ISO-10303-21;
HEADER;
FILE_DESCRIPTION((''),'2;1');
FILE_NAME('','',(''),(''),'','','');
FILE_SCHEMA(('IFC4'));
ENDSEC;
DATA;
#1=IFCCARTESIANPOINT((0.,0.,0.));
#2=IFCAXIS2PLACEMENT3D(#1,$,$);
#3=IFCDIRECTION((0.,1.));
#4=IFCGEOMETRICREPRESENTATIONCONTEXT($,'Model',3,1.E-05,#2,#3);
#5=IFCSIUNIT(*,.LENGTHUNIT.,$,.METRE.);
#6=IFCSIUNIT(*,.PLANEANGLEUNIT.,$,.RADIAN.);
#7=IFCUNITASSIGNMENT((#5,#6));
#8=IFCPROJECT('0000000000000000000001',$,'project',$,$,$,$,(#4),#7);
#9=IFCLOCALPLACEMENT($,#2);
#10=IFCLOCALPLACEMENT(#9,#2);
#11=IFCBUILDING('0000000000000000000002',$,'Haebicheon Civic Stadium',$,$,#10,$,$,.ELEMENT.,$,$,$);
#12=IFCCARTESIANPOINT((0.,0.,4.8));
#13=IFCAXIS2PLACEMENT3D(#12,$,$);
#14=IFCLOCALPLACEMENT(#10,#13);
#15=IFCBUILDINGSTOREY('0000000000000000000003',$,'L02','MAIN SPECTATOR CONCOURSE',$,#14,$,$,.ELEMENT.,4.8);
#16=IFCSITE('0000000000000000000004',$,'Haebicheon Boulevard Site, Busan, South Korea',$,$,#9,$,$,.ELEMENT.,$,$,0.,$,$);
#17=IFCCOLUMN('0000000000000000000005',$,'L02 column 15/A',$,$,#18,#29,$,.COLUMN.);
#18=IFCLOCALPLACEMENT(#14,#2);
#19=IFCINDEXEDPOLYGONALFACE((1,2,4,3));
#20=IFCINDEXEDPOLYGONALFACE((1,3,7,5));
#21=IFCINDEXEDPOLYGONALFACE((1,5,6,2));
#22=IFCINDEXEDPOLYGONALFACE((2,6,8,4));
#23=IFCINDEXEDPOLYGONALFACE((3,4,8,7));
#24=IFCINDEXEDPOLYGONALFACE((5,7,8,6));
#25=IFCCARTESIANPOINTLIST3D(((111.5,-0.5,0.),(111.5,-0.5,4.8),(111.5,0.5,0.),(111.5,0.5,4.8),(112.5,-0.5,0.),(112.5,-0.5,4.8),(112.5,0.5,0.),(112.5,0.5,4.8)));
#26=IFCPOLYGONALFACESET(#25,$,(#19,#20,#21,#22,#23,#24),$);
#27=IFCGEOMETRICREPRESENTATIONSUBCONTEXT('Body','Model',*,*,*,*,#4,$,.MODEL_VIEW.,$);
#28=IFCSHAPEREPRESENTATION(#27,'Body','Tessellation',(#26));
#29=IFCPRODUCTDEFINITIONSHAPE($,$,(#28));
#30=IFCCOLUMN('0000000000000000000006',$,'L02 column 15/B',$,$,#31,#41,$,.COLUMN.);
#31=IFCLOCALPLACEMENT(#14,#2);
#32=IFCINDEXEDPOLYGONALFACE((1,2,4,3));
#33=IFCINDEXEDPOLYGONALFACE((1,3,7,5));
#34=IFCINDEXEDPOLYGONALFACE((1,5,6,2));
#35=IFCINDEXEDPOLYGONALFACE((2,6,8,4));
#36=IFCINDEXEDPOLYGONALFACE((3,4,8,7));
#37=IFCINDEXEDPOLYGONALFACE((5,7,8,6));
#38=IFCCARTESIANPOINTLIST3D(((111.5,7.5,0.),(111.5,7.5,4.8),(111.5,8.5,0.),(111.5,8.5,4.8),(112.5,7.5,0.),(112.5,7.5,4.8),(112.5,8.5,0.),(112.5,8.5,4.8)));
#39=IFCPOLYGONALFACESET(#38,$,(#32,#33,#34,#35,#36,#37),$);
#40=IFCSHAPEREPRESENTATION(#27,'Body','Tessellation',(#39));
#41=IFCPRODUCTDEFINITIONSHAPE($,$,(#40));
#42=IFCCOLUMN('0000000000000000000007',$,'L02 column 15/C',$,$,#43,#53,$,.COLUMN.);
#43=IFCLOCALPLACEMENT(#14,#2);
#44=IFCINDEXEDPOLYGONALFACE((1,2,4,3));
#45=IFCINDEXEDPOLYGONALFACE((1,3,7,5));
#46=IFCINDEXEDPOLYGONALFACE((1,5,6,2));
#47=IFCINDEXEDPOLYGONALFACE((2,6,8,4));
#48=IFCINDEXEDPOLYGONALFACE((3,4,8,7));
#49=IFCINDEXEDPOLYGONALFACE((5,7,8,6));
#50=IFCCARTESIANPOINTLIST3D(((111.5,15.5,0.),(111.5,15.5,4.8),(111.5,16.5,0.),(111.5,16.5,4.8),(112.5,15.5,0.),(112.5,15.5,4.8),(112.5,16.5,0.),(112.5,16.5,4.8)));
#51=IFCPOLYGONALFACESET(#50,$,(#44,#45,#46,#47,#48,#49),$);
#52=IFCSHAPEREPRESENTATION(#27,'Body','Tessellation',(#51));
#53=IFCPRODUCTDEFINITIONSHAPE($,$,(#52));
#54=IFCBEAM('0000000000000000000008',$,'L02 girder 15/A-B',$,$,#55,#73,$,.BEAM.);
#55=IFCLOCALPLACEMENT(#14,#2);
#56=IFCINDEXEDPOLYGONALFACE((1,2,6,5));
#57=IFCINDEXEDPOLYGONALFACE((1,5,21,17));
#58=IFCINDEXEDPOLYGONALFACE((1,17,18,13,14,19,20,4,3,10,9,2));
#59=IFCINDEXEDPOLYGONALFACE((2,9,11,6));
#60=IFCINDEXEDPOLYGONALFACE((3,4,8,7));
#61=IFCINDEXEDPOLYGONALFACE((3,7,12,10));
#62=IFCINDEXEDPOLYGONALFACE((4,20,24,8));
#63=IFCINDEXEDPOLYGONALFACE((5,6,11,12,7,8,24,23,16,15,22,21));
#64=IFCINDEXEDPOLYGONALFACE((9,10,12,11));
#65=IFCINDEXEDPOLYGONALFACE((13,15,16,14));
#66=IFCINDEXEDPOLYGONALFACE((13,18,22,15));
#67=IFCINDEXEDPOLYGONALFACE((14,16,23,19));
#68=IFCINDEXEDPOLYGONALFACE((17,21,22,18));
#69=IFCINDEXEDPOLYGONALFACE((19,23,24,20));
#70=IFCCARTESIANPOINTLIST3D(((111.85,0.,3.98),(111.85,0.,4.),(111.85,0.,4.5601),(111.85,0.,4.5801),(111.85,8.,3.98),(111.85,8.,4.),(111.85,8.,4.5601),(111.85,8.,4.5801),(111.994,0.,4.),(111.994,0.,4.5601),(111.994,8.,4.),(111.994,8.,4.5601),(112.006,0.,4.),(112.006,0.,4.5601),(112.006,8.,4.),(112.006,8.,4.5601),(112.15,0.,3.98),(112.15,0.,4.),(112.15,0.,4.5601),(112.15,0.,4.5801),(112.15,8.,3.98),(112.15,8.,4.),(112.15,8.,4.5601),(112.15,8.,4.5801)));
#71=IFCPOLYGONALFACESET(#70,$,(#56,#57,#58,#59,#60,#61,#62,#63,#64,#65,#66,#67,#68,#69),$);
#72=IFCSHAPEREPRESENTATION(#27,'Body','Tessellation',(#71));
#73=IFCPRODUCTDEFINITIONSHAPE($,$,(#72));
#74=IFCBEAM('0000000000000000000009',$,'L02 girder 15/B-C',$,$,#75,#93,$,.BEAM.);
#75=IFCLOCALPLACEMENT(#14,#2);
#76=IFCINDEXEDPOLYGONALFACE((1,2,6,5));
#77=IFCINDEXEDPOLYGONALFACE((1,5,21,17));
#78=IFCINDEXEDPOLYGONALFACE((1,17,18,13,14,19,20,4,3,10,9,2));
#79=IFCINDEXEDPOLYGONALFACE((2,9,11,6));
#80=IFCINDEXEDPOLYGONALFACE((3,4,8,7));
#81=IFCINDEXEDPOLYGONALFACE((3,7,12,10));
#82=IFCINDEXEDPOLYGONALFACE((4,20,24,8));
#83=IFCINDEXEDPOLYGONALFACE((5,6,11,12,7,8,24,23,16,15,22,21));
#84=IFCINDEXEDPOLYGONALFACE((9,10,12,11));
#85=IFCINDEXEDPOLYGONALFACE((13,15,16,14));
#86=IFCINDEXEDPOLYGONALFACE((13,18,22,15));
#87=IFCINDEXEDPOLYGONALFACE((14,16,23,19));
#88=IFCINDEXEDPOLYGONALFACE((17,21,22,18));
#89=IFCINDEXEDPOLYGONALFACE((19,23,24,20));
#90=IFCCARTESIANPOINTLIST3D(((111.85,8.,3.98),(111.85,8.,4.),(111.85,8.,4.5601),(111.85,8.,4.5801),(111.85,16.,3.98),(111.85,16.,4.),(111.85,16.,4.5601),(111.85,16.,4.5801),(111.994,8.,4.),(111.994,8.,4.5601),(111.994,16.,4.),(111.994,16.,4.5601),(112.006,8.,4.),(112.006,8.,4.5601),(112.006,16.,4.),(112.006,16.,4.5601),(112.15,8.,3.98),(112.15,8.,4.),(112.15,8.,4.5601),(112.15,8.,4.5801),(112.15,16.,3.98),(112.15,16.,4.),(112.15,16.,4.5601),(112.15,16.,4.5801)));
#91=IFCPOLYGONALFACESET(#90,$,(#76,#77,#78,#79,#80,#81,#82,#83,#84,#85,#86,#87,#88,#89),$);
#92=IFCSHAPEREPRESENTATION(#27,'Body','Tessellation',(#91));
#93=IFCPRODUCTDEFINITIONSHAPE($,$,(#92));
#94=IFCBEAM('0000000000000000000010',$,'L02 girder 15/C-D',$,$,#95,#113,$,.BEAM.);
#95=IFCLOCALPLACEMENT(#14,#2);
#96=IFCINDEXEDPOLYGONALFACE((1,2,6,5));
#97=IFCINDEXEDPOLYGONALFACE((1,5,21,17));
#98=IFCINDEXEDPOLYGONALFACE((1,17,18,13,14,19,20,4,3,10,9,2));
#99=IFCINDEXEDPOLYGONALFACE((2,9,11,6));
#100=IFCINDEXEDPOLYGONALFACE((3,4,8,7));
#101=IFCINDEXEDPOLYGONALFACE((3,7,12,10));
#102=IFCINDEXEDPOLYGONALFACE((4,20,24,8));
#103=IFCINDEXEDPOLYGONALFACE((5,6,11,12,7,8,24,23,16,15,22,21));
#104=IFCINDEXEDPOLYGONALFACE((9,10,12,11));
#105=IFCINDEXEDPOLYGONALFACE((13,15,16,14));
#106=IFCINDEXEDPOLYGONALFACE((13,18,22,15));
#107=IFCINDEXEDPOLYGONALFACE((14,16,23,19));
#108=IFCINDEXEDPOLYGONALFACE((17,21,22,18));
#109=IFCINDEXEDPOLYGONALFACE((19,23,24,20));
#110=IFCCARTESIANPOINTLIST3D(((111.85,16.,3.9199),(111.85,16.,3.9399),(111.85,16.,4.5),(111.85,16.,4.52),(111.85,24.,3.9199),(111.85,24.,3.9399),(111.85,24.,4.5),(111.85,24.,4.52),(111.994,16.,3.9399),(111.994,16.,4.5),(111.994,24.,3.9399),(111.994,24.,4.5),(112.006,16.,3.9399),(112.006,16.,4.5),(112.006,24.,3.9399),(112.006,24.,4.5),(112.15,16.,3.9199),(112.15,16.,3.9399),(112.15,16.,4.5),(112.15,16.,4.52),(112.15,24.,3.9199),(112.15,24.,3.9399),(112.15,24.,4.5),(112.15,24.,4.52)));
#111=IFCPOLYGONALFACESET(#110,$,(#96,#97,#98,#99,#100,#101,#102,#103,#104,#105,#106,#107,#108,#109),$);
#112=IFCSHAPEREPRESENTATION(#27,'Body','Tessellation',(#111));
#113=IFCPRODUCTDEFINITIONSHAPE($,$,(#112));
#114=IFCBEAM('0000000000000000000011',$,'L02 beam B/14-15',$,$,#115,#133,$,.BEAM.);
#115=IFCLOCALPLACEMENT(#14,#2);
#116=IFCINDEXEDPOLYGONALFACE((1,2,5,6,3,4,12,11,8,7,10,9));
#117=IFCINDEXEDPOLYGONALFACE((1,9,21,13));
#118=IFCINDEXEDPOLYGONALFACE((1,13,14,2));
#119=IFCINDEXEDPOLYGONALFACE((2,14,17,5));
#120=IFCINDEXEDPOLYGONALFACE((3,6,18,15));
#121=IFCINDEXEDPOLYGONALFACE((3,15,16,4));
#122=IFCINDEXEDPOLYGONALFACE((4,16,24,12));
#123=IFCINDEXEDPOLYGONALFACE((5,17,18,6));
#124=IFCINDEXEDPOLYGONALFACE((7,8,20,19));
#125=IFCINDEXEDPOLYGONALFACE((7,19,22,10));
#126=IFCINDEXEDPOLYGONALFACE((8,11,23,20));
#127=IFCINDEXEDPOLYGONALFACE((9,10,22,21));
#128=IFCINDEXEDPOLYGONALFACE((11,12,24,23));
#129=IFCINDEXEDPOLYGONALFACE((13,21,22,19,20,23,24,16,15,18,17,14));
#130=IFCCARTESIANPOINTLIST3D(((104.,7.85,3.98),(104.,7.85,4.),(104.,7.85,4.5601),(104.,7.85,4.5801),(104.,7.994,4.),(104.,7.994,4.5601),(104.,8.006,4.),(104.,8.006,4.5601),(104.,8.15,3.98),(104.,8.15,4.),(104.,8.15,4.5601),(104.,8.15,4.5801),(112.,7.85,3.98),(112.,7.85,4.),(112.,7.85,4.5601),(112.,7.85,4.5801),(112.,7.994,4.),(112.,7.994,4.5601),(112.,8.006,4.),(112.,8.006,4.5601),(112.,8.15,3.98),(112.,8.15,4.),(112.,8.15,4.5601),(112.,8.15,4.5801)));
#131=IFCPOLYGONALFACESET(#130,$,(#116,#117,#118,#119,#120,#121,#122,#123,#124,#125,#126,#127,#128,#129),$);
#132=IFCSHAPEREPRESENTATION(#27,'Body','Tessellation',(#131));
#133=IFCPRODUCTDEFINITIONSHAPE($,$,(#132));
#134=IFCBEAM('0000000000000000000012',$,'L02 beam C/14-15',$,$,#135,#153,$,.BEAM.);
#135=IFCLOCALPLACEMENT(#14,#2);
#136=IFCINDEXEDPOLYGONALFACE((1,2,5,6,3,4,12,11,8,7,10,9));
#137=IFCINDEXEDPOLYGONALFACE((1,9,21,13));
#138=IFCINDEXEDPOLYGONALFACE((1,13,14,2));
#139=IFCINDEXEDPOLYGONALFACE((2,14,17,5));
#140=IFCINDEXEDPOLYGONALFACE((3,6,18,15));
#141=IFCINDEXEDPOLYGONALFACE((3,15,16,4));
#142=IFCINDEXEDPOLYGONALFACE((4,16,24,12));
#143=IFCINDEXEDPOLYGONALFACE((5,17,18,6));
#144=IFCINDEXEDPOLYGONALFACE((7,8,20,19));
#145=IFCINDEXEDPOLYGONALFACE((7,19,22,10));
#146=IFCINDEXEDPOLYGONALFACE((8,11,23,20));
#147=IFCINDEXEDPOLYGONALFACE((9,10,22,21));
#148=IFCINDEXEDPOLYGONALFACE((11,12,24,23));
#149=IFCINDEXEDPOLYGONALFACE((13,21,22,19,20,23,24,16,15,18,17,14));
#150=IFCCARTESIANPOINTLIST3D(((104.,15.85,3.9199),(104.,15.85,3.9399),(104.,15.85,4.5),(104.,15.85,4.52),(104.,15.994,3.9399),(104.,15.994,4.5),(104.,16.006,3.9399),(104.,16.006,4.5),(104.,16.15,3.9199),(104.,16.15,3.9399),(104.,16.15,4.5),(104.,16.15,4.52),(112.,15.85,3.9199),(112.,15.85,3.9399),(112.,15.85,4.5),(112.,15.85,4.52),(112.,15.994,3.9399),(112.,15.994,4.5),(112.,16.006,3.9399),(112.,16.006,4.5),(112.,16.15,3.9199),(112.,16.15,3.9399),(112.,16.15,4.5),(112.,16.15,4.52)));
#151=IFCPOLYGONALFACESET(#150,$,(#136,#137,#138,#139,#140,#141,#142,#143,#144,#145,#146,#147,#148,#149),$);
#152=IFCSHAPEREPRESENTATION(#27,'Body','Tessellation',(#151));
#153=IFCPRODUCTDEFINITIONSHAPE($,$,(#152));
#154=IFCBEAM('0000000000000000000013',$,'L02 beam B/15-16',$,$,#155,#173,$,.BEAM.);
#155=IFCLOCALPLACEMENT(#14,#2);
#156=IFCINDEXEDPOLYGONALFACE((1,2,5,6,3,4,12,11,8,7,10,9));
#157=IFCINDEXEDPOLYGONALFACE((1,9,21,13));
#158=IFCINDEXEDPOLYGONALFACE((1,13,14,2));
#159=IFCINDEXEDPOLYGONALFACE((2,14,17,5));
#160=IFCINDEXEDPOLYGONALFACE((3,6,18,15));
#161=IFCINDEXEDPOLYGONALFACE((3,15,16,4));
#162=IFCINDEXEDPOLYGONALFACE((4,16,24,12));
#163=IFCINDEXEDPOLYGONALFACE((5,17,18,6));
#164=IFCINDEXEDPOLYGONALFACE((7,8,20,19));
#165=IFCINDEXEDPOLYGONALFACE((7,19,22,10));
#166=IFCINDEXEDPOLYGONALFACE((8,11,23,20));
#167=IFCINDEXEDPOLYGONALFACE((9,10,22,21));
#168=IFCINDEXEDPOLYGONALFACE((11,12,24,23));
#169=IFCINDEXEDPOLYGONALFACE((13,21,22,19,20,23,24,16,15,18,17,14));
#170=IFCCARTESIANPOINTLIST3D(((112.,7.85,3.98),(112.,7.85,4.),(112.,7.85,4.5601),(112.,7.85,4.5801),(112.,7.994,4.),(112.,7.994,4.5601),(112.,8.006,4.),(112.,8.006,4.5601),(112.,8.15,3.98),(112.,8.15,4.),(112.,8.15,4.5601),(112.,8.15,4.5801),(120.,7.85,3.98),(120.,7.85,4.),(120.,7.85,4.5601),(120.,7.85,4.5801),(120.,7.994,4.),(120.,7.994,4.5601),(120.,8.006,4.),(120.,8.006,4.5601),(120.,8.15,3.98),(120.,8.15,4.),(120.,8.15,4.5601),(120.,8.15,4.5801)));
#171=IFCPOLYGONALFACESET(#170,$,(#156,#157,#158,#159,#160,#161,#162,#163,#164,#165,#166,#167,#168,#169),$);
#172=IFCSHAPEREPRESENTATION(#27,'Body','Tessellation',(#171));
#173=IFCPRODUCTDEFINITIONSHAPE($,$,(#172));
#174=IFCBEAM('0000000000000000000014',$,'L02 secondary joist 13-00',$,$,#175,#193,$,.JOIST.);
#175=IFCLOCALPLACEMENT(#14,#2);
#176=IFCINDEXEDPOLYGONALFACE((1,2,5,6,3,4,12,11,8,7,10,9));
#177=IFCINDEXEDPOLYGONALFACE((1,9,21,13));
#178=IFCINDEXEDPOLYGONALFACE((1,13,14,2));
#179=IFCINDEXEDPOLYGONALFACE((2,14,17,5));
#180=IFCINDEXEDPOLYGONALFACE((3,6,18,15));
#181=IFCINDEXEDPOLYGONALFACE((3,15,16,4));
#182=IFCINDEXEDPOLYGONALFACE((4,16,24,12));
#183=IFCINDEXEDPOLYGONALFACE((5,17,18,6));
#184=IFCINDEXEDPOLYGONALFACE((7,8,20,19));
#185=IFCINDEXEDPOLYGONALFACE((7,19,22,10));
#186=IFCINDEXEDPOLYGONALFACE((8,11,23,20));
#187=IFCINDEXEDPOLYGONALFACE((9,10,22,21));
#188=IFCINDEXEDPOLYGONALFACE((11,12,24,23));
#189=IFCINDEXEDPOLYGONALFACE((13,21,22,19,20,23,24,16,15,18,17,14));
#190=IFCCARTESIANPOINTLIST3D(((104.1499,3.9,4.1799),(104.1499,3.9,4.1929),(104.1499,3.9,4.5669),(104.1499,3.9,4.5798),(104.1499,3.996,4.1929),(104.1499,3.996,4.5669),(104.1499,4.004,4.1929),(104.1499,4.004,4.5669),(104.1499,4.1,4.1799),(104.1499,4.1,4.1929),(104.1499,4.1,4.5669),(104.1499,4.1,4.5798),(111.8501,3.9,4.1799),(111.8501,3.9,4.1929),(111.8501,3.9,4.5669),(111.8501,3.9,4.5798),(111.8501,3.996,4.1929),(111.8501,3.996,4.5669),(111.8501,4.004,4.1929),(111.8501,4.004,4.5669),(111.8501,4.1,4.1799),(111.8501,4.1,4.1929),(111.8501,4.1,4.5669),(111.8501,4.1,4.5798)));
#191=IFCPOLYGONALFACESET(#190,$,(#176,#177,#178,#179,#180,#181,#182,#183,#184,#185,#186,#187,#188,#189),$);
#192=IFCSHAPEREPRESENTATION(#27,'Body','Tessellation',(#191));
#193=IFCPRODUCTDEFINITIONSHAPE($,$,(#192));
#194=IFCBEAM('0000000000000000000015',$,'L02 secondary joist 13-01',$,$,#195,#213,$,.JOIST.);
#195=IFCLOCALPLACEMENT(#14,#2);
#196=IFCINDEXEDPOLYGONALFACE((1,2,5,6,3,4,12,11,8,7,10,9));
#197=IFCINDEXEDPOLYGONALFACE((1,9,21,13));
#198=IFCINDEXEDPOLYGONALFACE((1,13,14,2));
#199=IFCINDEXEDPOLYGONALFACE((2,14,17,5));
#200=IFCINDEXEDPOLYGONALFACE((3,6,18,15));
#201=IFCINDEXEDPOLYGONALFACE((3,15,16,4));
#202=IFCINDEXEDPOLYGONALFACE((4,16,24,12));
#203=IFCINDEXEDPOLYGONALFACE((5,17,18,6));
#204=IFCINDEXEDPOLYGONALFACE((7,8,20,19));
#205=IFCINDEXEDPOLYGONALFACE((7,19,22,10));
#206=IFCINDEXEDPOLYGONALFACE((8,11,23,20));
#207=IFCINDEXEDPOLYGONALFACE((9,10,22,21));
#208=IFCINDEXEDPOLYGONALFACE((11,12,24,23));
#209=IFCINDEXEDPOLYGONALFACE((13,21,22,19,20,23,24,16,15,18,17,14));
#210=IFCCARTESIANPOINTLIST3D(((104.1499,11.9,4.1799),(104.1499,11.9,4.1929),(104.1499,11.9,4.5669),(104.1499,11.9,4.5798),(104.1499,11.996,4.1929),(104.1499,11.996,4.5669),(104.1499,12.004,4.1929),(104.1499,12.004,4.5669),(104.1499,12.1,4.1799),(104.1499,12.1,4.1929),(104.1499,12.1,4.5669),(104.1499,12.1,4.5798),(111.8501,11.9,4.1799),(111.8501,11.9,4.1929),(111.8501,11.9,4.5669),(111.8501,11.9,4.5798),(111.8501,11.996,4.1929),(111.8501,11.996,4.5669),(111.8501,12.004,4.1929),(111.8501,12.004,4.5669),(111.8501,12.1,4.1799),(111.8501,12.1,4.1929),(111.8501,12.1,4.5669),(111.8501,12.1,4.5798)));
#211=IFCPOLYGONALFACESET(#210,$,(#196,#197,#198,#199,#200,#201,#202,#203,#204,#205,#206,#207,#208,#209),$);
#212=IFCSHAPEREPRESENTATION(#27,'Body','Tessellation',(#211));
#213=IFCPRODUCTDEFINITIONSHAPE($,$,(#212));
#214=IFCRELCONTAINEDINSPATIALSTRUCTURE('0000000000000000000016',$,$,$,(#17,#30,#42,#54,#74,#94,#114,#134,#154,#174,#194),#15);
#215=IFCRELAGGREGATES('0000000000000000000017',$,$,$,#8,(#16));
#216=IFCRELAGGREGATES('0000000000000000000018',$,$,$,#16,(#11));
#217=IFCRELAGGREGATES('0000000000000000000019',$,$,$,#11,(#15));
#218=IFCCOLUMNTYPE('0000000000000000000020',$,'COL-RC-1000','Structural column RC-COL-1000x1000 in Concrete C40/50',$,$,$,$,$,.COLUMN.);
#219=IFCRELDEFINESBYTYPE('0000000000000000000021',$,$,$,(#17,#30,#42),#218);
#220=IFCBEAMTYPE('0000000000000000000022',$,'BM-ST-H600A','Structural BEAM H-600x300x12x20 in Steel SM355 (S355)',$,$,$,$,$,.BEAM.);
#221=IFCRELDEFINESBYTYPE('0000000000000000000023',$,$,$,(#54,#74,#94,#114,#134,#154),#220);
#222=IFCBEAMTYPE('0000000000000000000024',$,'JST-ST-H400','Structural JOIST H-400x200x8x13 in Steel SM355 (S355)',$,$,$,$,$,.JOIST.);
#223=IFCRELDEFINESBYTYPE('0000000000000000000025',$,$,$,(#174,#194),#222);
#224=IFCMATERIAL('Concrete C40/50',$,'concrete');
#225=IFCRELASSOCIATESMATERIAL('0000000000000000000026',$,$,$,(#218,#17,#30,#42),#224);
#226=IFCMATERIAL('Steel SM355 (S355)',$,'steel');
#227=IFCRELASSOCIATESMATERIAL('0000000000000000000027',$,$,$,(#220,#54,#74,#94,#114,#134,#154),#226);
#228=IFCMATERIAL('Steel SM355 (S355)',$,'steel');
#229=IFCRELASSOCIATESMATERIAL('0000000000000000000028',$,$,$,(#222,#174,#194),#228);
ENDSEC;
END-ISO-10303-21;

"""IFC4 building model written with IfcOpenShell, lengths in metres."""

from ifc_helpers import new_model, si_unit, direction, frame, origin, origin_2d, place, context, subcontext, project, spatial, rectangle, i_section, extrude, material, material_profile, profile_set, type_object, element, save


model = new_model("IFC4")

# Units and contexts
model_context = context("Model", 3, precision=1e-05, world=origin(), true_north=direction((0.0, 1.0)))
body_context = subcontext(model_context, "Body", "Model", "MODEL_VIEW")
ifc_project = project(units=[si_unit("LENGTHUNIT", "METRE"), si_unit("PLANEANGLEUNIT", "RADIAN")], contexts=[model_context])

# Site, building, storey
site_placement = place(None, origin())
site = spatial("IfcSite", under=ifc_project, at=site_placement, Name="Haebicheon Boulevard Site, Busan, South Korea", CompositionType="ELEMENT", RefElevation=0.0)
building_placement = place(site_placement, origin())
building = spatial("IfcBuilding", under=site, at=building_placement, Name="Haebicheon Civic Stadium", CompositionType="ELEMENT")
storey_placement = place(building_placement, frame((0.0, 0.0, 4.8)))
storey = spatial("IfcBuildingStorey", under=building, at=storey_placement, Name="L02", Description="MAIN SPECTATOR CONCOURSE", CompositionType="ELEMENT", Elevation=4.8)

# Columns
ifc_material_1 = material(Name="Concrete C40/50", Category="concrete")
ifc_material_profile_1 = material_profile(ifc_material_1, rectangle(XDim=1.0, YDim=1.0, at=origin_2d()), Name="RC-COL-1000x1000")
ifc_profile_set_1 = profile_set([ifc_material_profile_1], Name="Concrete C40/50")
column_type = type_object("IfcColumnType", Name="COL-RC-1000", Description="Structural column RC-COL-1000x1000 in Concrete C40/50", PredefinedType="COLUMN", material=ifc_profile_set_1)
for number, where, z_axis, x_axis, name in (
    (1, (112.0, 0.0, 0.0), (0.0, 0.0, 1.0), (1.0, 0.0, 0.0), "L02 column 15/A"),
    (2, (112.0, 8.0, 0.0), (0.0, 0.0, 1.0), (1.0, 0.0, 0.0), "L02 column 15/B"),
    (3, (112.0, 16.0, 0.0), (0.0, 0.0, 1.0), (1.0, 0.0, 0.0), "L02 column 15/C"),
):
    element("IfcColumn", number, at=place(storey_placement, frame(where, z_axis=z_axis, x_axis=x_axis)), inside=storey, type_object=column_type, material=ifc_profile_set_1, Name=name, PredefinedType="COLUMN", context=body_context, shape_type="SweptSolid", body=[
        extrude(rectangle(XDim=1.0, YDim=1.0, at=origin_2d()), origin(), (0.0, 0.0, 1.0), 4.8),
    ])

# Beams
ifc_material_2 = material(Name="Steel SM355 (S355)", Category="steel")
ifc_material_profile_2 = material_profile(ifc_material_2, i_section(OverallWidth=0.3, OverallDepth=0.6001, WebThickness=0.012, FlangeThickness=0.02, at=origin_2d()), Name="H-600x300x12x20")
ifc_profile_set_2 = profile_set([ifc_material_profile_2], Name="Steel SM355 (S355)")
beam_type_1 = type_object("IfcBeamType", Name="BM-ST-H600A", Description="Structural BEAM H-600x300x12x20 in Steel SM355 (S355)", PredefinedType="BEAM", material=ifc_profile_set_2)
for number, where, z_axis, x_axis, name in (
    (4, (112.0, 0.0, 4.28), (0.0, 1.0, 0.0), (-1.0, 0.0, 0.0), "L02 girder 15/A-B"),
    (5, (112.0, 8.0, 4.28), (0.0, 1.0, 0.0), (-1.0, 0.0, 0.0), "L02 girder 15/B-C"),
    (6, (112.0, 16.0, 4.22), (0.0, 1.0, 0.0), (-1.0, 0.0, 0.0), "L02 girder 15/C-D"),
    (7, (104.0, 8.0, 4.28), (1.0, 0.0, 0.0), (0.0, 1.0, 0.0), "L02 beam B/14-15"),
    (8, (104.0, 16.0, 4.22), (1.0, 0.0, 0.0), (0.0, 1.0, 0.0), "L02 beam C/14-15"),
    (9, (112.0, 8.0, 4.28), (1.0, 0.0, 0.0), (0.0, 1.0, 0.0), "L02 beam B/15-16"),
):
    element("IfcBeam", number, at=place(storey_placement, frame(where, z_axis=z_axis, x_axis=x_axis)), inside=storey, type_object=beam_type_1, material=ifc_profile_set_2, Name=name, PredefinedType="BEAM", context=body_context, shape_type="SweptSolid", body=[
        extrude(i_section(OverallWidth=0.3, OverallDepth=0.6001, WebThickness=0.012, FlangeThickness=0.02, at=origin_2d()), origin(), (0.0, 0.0, 1.0), 8.0),
    ])
ifc_material_3 = material(Name="Steel SM355 (S355)", Category="steel")
ifc_material_profile_3 = material_profile(ifc_material_3, i_section(OverallWidth=0.2, OverallDepth=0.3999, WebThickness=0.0081, FlangeThickness=0.0129, at=origin_2d()), Name="H-400x200x8x13")
ifc_profile_set_3 = profile_set([ifc_material_profile_3], Name="Steel SM355 (S355)")
beam_type_2 = type_object("IfcBeamType", Name="JST-ST-H400", Description="Structural JOIST H-400x200x8x13 in Steel SM355 (S355)", PredefinedType="JOIST", material=ifc_profile_set_3)
for number, where, z_axis, x_axis, name in (
    (10, (104.1499, 4.0, 4.3799), (1.0, 0.0, 0.0), (0.0, 1.0, 0.0), "L02 secondary joist 13-00"),
    (11, (104.1499, 12.0, 4.3799), (1.0, 0.0, 0.0), (0.0, 1.0, 0.0), "L02 secondary joist 13-01"),
):
    element("IfcBeam", number, at=place(storey_placement, frame(where, z_axis=z_axis, x_axis=x_axis)), inside=storey, type_object=beam_type_2, material=ifc_profile_set_3, Name=name, PredefinedType="JOIST", context=body_context, shape_type="SweptSolid", body=[
        extrude(i_section(OverallWidth=0.2, OverallDepth=0.3999, WebThickness=0.0081, FlangeThickness=0.0129, at=origin_2d()), origin(), (0.0, 0.0, 1.0), 7.7002),
    ])

save(model, "model.ifc")
